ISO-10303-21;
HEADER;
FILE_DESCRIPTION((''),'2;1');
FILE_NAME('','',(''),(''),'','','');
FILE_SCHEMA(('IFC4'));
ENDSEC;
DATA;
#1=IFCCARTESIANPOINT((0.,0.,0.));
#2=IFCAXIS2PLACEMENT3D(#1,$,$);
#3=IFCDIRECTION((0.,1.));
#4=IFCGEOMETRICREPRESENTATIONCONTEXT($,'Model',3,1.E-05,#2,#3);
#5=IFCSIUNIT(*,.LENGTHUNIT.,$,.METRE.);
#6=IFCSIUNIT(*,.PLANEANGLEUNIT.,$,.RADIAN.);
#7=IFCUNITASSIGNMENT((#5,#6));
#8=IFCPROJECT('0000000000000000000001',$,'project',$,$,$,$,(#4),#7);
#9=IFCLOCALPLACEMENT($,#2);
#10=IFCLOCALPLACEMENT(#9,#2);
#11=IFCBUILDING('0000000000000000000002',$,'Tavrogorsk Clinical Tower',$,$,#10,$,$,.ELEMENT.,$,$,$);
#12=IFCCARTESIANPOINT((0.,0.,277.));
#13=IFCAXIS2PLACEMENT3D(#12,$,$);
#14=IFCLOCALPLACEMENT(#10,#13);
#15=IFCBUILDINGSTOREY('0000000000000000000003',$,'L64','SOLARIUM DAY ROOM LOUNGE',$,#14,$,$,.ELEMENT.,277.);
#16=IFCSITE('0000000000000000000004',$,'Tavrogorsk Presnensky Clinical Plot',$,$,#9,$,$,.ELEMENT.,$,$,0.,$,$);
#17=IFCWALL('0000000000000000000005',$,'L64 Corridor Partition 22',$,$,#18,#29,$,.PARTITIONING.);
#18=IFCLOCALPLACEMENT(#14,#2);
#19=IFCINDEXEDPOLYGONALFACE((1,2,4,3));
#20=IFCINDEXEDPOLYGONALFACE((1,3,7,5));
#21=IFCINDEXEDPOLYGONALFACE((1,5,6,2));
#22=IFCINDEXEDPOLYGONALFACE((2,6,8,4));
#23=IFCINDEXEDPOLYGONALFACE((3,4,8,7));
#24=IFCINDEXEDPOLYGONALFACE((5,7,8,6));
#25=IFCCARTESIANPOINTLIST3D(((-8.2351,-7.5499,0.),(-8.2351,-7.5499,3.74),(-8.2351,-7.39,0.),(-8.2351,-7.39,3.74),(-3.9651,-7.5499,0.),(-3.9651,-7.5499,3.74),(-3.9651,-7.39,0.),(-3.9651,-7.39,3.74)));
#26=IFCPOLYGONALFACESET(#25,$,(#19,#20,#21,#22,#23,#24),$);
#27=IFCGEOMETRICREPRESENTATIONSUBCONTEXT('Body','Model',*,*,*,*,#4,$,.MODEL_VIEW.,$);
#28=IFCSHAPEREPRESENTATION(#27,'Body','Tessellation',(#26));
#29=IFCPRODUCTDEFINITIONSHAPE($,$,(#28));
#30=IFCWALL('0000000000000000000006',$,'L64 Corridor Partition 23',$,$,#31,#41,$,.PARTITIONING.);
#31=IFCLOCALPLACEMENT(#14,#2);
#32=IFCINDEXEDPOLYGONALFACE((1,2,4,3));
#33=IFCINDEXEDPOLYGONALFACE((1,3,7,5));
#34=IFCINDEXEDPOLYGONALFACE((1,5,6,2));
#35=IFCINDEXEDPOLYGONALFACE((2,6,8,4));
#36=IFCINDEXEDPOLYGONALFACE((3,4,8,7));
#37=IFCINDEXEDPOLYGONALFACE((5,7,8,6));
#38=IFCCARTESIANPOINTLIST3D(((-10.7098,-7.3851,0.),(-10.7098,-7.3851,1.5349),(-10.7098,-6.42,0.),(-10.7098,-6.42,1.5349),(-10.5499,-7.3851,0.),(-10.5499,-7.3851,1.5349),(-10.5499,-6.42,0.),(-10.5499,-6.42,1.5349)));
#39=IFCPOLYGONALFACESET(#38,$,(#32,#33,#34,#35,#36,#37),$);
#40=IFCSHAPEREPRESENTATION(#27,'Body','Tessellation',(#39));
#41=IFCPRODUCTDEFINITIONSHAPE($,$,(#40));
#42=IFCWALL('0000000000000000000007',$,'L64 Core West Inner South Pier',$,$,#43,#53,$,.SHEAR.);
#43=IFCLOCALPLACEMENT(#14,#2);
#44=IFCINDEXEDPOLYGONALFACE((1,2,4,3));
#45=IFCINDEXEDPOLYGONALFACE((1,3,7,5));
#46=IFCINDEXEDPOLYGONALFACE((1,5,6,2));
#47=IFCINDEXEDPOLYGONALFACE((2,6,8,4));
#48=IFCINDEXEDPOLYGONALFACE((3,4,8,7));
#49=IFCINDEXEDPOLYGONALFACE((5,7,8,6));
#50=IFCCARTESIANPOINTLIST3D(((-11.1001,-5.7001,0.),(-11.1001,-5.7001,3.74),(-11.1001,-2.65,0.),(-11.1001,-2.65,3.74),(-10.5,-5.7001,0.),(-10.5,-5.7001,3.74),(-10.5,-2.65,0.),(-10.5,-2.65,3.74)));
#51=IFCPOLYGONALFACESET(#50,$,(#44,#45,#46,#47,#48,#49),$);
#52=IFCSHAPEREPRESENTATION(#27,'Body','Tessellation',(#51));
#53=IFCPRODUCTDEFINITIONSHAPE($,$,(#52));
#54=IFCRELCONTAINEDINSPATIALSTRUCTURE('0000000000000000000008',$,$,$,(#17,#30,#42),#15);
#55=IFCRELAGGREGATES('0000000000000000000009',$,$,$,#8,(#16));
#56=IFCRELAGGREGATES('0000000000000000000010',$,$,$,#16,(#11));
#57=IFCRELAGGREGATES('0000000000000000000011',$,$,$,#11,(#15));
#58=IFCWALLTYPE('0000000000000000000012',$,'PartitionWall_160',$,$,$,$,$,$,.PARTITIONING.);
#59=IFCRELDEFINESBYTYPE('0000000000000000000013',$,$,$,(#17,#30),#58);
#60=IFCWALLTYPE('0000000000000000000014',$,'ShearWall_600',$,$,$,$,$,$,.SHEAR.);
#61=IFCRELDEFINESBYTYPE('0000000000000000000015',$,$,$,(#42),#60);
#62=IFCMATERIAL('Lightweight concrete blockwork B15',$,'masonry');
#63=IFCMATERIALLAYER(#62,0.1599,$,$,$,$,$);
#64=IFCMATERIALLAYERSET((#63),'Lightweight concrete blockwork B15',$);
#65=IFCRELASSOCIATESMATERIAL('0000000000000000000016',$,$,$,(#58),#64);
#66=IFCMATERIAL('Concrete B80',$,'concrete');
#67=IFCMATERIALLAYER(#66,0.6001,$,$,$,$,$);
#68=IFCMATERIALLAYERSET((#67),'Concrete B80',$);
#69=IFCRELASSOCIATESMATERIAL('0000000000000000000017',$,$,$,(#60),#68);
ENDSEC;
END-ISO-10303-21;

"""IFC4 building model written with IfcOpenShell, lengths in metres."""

from ifc_helpers import new_model, si_unit, direction, frame, frame_2d, origin, place, context, subcontext, project, spatial, rectangle, extrude, material, layer, layer_set, type_object, element, save


model = new_model("IFC4")

# Units and contexts
model_context = context("Model", 3, precision=1e-05, world=origin(), true_north=direction((0.0, 1.0)))
body_context = subcontext(model_context, "Body", "Model", "MODEL_VIEW")
ifc_project = project(units=[si_unit("LENGTHUNIT", "METRE"), si_unit("PLANEANGLEUNIT", "RADIAN")], contexts=[model_context])

# Site, building, storey
site_placement = place(None, origin())
site = spatial("IfcSite", under=ifc_project, at=site_placement, Name="Tavrogorsk Presnensky Clinical Plot", CompositionType="ELEMENT", RefElevation=0.0)
building_placement = place(site_placement, origin())
building = spatial("IfcBuilding", under=site, at=building_placement, Name="Tavrogorsk Clinical Tower", CompositionType="ELEMENT")
storey_placement = place(building_placement, frame((0.0, 0.0, 277.0)))
storey = spatial("IfcBuildingStorey", under=building, at=storey_placement, Name="L64", Description="SOLARIUM DAY ROOM LOUNGE", CompositionType="ELEMENT", Elevation=277.0)

# Shared definitions
ifc_material_1 = material(Name="Lightweight concrete blockwork B15", Category="masonry")
ifc_layer_1 = layer(ifc_material_1, 0.1599)
ifc_layer_set_1 = layer_set([ifc_layer_1], Name="Lightweight concrete blockwork B15")
wall_type_1 = type_object("IfcWallType", Name="PartitionWall_160", PredefinedType="PARTITIONING", material=ifc_layer_set_1)

# Walls
wall_1_placement = place(storey_placement, frame((-8.2351, -7.47, 0.0), z_axis=(0.0, 0.0, 1.0), x_axis=(1.0, 0.0, 0.0)))
element("IfcWall", 1, at=wall_1_placement, inside=storey, type_object=wall_type_1, Name="L64 Corridor Partition 22", PredefinedType="PARTITIONING", context=body_context, shape_type="SweptSolid", body=[
    extrude(rectangle(XDim=4.27, YDim=0.1599, at=frame_2d((2.135, 0.0))), origin(), (0.0, 0.0, 1.0), 3.74),
])
wall_2_placement = place(storey_placement, frame((-10.6299, -7.385, 0.0), z_axis=(0.0, 0.0, 1.0), x_axis=(0.0, 1.0, 0.0)))
element("IfcWall", 2, at=wall_2_placement, inside=storey, type_object=wall_type_1, Name="L64 Corridor Partition 23", PredefinedType="PARTITIONING", context=body_context, shape_type="SweptSolid", body=[
    extrude(rectangle(XDim=0.9651, YDim=0.1599, at=frame_2d((0.4824, 0.0))), origin(), (0.0, 0.0, 1.0), 1.5349),
])
ifc_material_2 = material(Name="Concrete B80", Category="concrete")
ifc_layer_2 = layer(ifc_material_2, 0.6001)
ifc_layer_set_2 = layer_set([ifc_layer_2], Name="Concrete B80")
wall_type_2 = type_object("IfcWallType", Name="ShearWall_600", PredefinedType="SHEAR", material=ifc_layer_set_2)
wall_3_placement = place(storey_placement, frame((-10.8, -5.7, 0.0), z_axis=(0.0, 0.0, 1.0), x_axis=(0.0, 1.0, 0.0)))
element("IfcWall", 3, at=wall_3_placement, inside=storey, type_object=wall_type_2, Name="L64 Core West Inner South Pier", PredefinedType="SHEAR", context=body_context, shape_type="SweptSolid", body=[
    extrude(rectangle(XDim=3.05, YDim=0.6001, at=frame_2d((1.5249, 0.0))), origin(), (0.0, 0.0, 1.0), 3.74),
])

save(model, "model.ifc")
